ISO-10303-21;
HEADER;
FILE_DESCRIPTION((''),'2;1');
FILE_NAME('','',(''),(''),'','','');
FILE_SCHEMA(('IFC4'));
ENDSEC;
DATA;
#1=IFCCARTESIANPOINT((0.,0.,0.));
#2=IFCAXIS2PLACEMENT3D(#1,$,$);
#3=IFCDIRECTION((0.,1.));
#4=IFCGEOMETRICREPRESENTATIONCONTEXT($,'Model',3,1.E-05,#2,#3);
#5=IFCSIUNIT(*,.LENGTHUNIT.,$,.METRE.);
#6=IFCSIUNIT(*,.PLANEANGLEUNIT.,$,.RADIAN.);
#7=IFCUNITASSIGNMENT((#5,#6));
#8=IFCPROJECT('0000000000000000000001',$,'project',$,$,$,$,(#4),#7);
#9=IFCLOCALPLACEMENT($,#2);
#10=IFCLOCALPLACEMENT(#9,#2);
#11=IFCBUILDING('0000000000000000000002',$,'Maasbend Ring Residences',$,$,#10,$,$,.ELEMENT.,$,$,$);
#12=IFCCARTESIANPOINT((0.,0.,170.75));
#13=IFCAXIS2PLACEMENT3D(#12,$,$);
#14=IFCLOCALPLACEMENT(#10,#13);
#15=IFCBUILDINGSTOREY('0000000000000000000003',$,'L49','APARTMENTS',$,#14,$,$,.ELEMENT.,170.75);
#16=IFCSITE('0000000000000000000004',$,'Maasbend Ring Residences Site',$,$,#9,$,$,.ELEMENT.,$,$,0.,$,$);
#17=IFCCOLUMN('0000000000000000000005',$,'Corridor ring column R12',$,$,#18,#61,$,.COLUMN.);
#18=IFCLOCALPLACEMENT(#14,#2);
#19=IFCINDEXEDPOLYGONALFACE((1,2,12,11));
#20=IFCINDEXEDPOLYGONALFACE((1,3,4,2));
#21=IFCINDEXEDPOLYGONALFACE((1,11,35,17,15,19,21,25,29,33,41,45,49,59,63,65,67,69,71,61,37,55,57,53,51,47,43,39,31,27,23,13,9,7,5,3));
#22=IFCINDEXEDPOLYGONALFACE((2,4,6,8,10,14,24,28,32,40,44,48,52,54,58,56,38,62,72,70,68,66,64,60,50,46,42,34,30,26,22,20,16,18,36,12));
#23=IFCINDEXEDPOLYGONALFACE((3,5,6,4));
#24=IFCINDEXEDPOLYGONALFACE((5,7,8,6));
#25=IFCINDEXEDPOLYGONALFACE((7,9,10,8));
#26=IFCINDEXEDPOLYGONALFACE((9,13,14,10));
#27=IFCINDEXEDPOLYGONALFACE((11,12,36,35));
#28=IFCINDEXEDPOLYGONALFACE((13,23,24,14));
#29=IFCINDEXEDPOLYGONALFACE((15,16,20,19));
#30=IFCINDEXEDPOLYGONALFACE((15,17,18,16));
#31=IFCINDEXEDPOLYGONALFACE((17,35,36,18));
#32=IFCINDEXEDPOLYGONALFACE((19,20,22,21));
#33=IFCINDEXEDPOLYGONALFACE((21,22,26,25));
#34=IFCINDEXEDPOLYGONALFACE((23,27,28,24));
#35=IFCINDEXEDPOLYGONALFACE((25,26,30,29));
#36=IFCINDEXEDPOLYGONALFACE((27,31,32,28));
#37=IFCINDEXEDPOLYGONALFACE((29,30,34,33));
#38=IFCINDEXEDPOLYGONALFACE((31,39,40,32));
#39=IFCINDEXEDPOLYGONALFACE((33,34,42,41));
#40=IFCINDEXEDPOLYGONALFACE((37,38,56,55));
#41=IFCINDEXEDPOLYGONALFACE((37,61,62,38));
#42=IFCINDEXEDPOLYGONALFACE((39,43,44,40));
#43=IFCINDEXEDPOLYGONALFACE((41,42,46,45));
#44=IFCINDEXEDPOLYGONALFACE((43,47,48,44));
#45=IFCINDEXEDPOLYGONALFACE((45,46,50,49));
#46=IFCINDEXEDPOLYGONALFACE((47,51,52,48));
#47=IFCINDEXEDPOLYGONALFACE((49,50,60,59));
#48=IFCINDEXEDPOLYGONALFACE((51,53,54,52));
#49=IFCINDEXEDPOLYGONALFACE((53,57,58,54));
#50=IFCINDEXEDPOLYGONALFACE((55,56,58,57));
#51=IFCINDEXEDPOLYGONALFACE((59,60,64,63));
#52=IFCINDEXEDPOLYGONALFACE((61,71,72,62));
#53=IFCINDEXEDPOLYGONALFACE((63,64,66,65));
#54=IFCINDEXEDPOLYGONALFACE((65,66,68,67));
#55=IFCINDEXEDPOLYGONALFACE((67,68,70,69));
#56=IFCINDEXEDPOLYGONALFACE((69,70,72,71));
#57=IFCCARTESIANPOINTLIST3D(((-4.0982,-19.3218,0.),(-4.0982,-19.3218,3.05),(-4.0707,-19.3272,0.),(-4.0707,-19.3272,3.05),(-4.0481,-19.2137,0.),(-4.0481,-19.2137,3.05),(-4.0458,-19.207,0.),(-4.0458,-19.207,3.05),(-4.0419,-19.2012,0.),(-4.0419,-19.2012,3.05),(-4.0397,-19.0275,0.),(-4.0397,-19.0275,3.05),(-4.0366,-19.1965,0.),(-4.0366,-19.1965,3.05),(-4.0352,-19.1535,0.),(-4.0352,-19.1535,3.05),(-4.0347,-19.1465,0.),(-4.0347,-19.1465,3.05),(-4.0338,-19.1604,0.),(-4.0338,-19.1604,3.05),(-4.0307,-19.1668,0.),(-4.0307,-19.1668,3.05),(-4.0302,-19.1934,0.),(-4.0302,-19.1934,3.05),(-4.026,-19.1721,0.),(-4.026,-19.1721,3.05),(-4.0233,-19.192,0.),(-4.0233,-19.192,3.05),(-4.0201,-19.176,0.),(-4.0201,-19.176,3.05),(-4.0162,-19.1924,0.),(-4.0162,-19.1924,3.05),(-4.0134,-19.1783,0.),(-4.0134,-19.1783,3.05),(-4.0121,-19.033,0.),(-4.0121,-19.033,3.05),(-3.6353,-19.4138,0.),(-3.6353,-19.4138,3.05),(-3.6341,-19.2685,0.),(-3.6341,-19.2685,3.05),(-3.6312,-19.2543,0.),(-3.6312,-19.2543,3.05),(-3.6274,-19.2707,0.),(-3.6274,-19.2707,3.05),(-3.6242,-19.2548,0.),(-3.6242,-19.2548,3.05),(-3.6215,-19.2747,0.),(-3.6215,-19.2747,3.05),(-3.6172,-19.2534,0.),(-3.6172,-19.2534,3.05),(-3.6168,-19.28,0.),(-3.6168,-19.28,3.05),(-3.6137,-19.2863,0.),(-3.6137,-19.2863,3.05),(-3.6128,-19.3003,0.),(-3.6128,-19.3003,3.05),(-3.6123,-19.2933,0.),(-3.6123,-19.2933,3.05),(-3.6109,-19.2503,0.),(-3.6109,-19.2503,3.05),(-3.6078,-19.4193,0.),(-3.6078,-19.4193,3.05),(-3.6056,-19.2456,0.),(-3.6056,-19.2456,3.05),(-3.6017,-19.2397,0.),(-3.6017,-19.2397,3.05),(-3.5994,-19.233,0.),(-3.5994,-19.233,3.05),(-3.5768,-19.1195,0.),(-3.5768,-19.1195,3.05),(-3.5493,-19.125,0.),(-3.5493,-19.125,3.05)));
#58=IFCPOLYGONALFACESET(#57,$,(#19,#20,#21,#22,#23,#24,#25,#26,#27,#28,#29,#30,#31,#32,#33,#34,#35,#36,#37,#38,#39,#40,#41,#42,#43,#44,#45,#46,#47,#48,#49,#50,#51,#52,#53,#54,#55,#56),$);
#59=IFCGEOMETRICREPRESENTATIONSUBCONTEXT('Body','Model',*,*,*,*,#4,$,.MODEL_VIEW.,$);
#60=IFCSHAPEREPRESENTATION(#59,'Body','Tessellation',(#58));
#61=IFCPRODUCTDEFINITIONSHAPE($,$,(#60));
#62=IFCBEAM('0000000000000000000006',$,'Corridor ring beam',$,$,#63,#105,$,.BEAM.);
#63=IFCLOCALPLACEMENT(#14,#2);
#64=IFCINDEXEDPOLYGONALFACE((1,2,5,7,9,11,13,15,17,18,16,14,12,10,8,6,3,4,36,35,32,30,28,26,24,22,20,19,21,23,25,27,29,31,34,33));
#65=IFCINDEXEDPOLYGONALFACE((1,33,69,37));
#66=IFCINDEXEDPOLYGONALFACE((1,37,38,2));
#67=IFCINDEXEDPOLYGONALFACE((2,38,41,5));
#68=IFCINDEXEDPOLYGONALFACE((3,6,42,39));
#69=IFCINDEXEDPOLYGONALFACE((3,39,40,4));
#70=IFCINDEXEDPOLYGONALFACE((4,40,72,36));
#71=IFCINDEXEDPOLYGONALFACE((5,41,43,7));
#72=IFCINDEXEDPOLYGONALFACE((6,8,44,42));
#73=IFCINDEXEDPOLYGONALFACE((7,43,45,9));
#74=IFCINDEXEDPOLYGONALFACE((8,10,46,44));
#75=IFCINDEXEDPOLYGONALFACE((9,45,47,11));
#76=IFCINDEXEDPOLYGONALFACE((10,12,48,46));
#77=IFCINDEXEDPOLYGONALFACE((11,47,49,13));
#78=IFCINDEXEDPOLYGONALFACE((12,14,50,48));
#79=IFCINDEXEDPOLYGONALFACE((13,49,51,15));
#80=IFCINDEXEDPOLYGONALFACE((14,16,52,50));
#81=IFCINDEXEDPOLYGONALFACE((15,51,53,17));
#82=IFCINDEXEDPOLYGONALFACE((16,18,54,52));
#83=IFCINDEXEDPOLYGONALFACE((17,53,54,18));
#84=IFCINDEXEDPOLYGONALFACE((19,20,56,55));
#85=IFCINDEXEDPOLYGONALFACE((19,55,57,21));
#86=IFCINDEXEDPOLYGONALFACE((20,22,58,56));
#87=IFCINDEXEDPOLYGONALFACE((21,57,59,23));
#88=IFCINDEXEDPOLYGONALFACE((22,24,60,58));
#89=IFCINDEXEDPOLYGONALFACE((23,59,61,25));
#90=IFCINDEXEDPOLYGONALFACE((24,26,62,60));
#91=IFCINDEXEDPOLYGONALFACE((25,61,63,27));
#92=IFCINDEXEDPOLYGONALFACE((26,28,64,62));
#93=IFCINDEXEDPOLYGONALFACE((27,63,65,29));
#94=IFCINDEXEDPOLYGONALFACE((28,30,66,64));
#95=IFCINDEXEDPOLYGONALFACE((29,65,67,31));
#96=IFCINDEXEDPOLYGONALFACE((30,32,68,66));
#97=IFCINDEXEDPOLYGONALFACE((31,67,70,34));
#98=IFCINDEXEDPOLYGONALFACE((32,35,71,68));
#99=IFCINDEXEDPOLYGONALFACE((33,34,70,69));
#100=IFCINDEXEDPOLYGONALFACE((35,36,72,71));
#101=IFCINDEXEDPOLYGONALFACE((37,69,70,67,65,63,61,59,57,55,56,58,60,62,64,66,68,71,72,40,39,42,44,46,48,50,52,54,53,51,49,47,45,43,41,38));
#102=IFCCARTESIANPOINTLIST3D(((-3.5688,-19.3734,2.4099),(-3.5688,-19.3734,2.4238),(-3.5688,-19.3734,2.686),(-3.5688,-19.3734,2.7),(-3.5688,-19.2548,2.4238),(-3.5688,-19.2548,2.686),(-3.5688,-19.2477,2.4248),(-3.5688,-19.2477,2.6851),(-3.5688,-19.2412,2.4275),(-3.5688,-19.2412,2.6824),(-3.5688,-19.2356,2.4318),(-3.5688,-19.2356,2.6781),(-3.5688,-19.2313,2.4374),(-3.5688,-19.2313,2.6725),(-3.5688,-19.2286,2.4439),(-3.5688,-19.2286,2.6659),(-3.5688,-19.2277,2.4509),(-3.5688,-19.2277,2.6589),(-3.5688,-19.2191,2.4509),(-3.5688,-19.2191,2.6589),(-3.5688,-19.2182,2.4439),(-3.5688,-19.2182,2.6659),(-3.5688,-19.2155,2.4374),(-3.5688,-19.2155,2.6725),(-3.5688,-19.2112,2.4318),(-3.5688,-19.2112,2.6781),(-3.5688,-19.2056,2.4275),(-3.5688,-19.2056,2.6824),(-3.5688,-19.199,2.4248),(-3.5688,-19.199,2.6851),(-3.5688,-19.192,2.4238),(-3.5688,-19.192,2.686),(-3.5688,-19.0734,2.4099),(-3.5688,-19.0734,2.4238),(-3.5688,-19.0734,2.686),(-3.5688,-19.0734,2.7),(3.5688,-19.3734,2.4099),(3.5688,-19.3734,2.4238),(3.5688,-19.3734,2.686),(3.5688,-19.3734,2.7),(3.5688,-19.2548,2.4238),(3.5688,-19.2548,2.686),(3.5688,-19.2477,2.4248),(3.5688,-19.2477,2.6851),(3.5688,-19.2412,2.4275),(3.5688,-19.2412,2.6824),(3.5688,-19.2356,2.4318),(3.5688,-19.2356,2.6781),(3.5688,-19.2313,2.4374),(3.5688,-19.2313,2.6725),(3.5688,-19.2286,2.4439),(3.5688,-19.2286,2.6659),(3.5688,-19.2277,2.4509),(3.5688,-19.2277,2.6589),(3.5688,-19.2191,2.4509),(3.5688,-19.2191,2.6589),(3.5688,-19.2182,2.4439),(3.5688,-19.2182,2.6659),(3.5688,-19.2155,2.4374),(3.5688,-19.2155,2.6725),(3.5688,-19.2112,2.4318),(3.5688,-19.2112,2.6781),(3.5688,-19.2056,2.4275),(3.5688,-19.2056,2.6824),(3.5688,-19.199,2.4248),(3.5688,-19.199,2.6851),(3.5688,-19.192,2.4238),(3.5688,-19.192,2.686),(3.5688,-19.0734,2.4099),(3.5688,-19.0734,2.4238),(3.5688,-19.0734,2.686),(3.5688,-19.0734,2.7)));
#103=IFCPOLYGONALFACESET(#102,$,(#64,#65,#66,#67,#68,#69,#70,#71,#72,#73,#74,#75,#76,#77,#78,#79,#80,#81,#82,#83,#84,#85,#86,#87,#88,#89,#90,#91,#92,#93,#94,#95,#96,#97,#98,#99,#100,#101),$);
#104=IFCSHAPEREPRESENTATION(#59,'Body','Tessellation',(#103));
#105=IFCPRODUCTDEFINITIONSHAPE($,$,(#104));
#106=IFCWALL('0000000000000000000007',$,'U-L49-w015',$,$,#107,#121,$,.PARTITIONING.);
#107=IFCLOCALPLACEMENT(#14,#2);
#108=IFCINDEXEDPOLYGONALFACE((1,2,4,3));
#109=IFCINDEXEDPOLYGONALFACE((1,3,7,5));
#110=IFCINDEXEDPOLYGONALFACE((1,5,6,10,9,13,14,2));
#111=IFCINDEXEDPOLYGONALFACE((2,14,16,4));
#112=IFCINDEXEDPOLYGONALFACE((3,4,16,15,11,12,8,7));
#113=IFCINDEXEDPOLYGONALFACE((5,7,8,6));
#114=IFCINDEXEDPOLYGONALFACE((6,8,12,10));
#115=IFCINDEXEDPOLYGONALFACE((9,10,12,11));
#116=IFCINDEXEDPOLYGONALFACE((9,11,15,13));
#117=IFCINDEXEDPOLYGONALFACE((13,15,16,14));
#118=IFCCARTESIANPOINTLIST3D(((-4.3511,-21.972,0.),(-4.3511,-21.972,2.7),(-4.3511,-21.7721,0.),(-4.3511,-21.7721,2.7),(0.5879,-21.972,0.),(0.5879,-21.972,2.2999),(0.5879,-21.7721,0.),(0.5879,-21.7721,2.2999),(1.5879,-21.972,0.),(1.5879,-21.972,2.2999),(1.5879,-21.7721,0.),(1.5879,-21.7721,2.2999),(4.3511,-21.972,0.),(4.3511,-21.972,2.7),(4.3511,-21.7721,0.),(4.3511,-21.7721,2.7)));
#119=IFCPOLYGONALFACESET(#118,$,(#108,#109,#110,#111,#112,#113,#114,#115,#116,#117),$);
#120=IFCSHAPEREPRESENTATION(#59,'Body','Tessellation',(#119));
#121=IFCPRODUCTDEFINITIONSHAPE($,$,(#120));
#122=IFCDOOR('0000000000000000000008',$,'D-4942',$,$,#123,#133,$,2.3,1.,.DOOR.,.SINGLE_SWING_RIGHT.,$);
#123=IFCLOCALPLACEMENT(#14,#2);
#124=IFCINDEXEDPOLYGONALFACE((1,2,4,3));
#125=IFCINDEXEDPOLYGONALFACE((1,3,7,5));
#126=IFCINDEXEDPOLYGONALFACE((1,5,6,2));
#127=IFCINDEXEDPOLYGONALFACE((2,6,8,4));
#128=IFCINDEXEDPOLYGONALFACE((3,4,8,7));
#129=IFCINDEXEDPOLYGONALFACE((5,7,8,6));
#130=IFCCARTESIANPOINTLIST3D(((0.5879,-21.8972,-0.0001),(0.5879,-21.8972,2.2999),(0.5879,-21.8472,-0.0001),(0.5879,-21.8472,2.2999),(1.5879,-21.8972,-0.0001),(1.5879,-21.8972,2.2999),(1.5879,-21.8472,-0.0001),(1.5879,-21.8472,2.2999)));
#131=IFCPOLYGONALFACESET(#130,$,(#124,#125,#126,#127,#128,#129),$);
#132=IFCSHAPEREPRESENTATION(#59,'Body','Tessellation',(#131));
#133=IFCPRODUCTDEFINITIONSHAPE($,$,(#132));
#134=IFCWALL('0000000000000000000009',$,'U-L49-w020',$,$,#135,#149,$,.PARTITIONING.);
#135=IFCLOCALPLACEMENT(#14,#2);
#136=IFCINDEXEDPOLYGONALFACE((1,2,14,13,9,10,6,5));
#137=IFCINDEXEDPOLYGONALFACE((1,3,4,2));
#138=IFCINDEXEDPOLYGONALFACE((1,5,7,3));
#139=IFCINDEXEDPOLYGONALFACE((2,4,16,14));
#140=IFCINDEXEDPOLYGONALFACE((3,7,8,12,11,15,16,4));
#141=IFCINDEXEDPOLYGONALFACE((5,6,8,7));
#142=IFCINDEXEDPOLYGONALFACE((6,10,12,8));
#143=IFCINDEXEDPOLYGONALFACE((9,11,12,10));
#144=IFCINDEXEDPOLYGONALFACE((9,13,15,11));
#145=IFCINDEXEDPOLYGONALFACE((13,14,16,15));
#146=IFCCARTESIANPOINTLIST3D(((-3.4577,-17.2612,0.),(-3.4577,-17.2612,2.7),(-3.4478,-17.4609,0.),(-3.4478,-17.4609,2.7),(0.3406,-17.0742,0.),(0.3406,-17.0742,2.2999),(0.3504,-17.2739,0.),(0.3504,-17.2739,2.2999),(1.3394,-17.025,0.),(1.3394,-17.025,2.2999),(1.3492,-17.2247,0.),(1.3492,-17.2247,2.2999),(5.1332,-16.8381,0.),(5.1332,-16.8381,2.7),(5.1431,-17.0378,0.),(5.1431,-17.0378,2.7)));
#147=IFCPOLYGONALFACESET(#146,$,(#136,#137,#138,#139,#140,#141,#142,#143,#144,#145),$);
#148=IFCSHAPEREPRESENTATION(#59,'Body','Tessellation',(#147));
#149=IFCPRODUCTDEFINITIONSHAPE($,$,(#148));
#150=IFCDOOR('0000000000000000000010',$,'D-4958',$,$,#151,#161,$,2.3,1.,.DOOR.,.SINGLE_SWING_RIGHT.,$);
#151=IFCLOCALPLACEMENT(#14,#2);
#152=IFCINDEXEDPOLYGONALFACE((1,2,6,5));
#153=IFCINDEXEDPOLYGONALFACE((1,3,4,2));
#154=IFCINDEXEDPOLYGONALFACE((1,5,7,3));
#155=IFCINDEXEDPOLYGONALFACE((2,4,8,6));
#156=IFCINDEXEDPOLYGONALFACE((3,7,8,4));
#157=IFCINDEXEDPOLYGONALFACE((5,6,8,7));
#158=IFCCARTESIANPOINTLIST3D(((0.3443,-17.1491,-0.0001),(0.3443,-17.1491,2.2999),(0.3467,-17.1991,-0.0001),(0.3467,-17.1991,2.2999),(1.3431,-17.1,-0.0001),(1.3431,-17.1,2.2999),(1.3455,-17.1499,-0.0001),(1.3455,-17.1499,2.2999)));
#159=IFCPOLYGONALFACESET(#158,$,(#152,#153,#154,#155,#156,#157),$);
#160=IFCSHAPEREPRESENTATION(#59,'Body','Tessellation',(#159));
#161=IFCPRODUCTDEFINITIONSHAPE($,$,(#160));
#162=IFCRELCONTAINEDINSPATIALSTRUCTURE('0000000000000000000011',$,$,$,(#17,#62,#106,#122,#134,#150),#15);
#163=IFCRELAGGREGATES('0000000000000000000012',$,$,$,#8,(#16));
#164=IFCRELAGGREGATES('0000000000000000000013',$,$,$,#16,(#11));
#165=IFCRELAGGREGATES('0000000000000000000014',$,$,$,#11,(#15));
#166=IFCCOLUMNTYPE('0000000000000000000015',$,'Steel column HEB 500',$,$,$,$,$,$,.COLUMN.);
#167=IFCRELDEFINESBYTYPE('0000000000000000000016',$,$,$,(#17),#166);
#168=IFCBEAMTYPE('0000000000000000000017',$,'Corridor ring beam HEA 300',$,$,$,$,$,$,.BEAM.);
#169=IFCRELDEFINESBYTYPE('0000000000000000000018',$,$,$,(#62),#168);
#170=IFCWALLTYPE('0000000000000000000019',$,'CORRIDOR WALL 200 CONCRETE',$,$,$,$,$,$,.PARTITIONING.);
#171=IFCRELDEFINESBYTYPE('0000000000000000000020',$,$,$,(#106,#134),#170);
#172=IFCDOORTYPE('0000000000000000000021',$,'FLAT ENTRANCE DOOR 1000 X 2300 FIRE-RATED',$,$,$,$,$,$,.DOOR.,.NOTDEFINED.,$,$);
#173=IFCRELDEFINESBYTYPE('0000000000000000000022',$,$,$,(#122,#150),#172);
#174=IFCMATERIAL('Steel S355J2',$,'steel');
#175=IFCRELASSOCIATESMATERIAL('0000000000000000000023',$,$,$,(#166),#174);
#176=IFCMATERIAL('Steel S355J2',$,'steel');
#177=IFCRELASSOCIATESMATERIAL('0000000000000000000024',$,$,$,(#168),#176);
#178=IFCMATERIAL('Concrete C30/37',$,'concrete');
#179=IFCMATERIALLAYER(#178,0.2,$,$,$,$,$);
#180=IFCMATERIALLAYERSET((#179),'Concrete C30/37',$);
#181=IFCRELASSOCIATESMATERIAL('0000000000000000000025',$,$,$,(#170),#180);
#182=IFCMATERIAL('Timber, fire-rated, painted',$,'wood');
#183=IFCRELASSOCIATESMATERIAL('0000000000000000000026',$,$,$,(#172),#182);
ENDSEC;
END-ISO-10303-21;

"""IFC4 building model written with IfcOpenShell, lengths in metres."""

from ifc_helpers import new_model, si_unit, direction, frame, frame_2d, origin, origin_2d, place, context, subcontext, project, spatial, rectangle, i_section, extrude, material, layer, layer_set, material_profile, profile_set, type_object, element, fill, save


model = new_model("IFC4")

# Units and contexts
model_context = context("Model", 3, precision=1e-05, world=origin(), true_north=direction((0.0, 1.0)))
body_context = subcontext(model_context, "Body", "Model", "MODEL_VIEW")
ifc_project = project(units=[si_unit("LENGTHUNIT", "METRE"), si_unit("PLANEANGLEUNIT", "RADIAN")], contexts=[model_context])

# Site, building, storey
site_placement = place(None, origin())
site = spatial("IfcSite", under=ifc_project, at=site_placement, Name="Maasbend Ring Residences Site", CompositionType="ELEMENT", RefElevation=0.0)
building_placement = place(site_placement, origin())
building = spatial("IfcBuilding", under=site, at=building_placement, Name="Maasbend Ring Residences", CompositionType="ELEMENT")
storey_placement = place(building_placement, frame((0.0, 0.0, 170.75)))
storey = spatial("IfcBuildingStorey", under=building, at=storey_placement, Name="L49", Description="APARTMENTS", CompositionType="ELEMENT", Elevation=170.75)

# Column
ifc_material_1 = material(Name="Steel S355J2", Category="steel")
ifc_material_profile_1 = material_profile(ifc_material_1, i_section(OverallWidth=0.3, OverallDepth=0.5, WebThickness=0.0144, FlangeThickness=0.0281, FilletRadius=0.0271, at=origin_2d()), Name="HEB 500")
ifc_profile_set_1 = profile_set([ifc_material_profile_1], Name="Steel S355J2")
column_type = type_object("IfcColumnType", Name="Steel column HEB 500", PredefinedType="COLUMN", material=ifc_profile_set_1)
column_placement = place(storey_placement, frame((-3.8237, -19.2234, 0.0), z_axis=(0.0, 0.0, 1.0), x_axis=(-0.19509, -0.980785, 0.0)))
element("IfcColumn", 1, at=column_placement, inside=storey, type_object=column_type, Name="Corridor ring column R12", PredefinedType="COLUMN", context=body_context, shape_type="SweptSolid", body=[
    extrude(i_section(OverallWidth=0.3, OverallDepth=0.5, WebThickness=0.0144, FlangeThickness=0.0281, FilletRadius=0.0271, at=origin_2d()), origin(), (0.0, 0.0, 1.0), 3.05),
])

# Beam
ifc_material_2 = material(Name="Steel S355J2", Category="steel")
ifc_material_profile_2 = material_profile(ifc_material_2, i_section(OverallWidth=0.3, OverallDepth=0.29, WebThickness=0.0085, FlangeThickness=0.0139, FilletRadius=0.0271, at=origin_2d()), Name="HEA 300")
ifc_profile_set_2 = profile_set([ifc_material_profile_2], Name="Steel S355J2")
beam_type = type_object("IfcBeamType", Name="Corridor ring beam HEA 300", PredefinedType="BEAM", material=ifc_profile_set_2)
beam_placement = place(storey_placement, frame((-3.5688, -19.2234, 2.5549), z_axis=(1.0, 0.0, 0.0), x_axis=(0.0, 1.0, 0.0)))
element("IfcBeam", 2, at=beam_placement, inside=storey, type_object=beam_type, Name="Corridor ring beam", PredefinedType="BEAM", context=body_context, shape_type="SweptSolid", body=[
    extrude(i_section(OverallWidth=0.3, OverallDepth=0.29, WebThickness=0.0085, FlangeThickness=0.0139, FilletRadius=0.0271, at=origin_2d()), origin(), (0.0, 0.0, 1.0), 7.1377),
])

# Walls, openings, doors
ifc_material_3 = material(Name="Concrete C30/37", Category="concrete")
ifc_layer_1 = layer(ifc_material_3, 0.2)
ifc_layer_set_1 = layer_set([ifc_layer_1], Name="Concrete C30/37")
wall_type_1 = type_object("IfcWallType", Name="CORRIDOR WALL 200 CONCRETE", PredefinedType="PARTITIONING", material=ifc_layer_set_1)
wall_1_placement = place(storey_placement, frame((-4.3511, -21.8721, 0.0), z_axis=(0.0, 0.0, 1.0), x_axis=(1.0, 0.0, 0.0)))
wall_1 = element("IfcWall", 3, at=wall_1_placement, inside=storey, type_object=wall_type_1, Name="U-L49-w015", PredefinedType="PARTITIONING", context=body_context, shape_type="SweptSolid", body=[
    extrude(rectangle(XDim=8.7021, YDim=0.2, at=frame_2d((4.3511, 0.0))), origin(), (0.0, 0.0, 1.0), 2.7),
])
opening_1_placement = place(wall_1_placement, frame((4.939, 0.0, 0.0)))
opening_1 = element("IfcOpeningElement", 4, at=opening_1_placement, cuts=wall_1, PredefinedType="OPENING", context=body_context, shape_type="SweptSolid", body=[
    extrude(rectangle(XDim=1.0, YDim=2.3, at=frame_2d((0.5, 1.1499))), frame((0.0, 0.1099, 0.0), z_axis=(0.0, -1.0, 0.0), x_axis=(1.0, 0.0, 0.0)), (0.0, 0.0, 1.0), 0.22),
])
ifc_material_4 = material(Name="Timber, fire-rated, painted", Category="wood")
door_type_1 = type_object("IfcDoorType", Name="FLAT ENTRANCE DOOR 1000 X 2300 FIRE-RATED", OperationType="NOTDEFINED", PredefinedType="DOOR", material=ifc_material_4)
door_1_placement = place(opening_1_placement, origin())
door_1 = element("IfcDoor", 5, at=door_1_placement, inside=storey, type_object=door_type_1, Name="D-4942", OperationType="SINGLE_SWING_RIGHT", OverallHeight=2.3, OverallWidth=1.0, PredefinedType="DOOR", context=body_context, shape_type="SweptSolid", body=[
    extrude(rectangle(XDim=1.0, YDim=2.3, at=frame_2d((0.5, 1.1499))), frame((0.0, 0.0249, 0.0), z_axis=(0.0, -1.0, 0.0), x_axis=(1.0, 0.0, 0.0)), (0.0, 0.0, 1.0), 0.05),
])
fill(opening_1, door_1)
wall_2_placement = place(storey_placement, frame((-3.4529, -17.3611, 0.0), z_axis=(0.0, 0.0, 1.0), x_axis=(0.998789, 0.04919, 0.0)))
wall_2 = element("IfcWall", 6, at=wall_2_placement, inside=storey, type_object=wall_type_1, Name="U-L49-w020", PredefinedType="PARTITIONING", context=body_context, shape_type="SweptSolid", body=[
    extrude(rectangle(XDim=8.6013, YDim=0.2, at=frame_2d((4.3008, 0.0))), origin(), (0.0, 0.0, 1.0), 2.7),
])
opening_2_placement = place(wall_2_placement, frame((3.803, 0.0, 0.0)))
opening_2 = element("IfcOpeningElement", 7, at=opening_2_placement, cuts=wall_2, PredefinedType="OPENING", context=body_context, shape_type="SweptSolid", body=[
    extrude(rectangle(XDim=1.0, YDim=2.3, at=frame_2d((0.5, 1.1499))), frame((0.0, 0.1099, 0.0), z_axis=(0.0, -1.0, 0.0), x_axis=(1.0, 0.0, 0.0)), (0.0, 0.0, 1.0), 0.22),
])
door_2_placement = place(opening_2_placement, origin())
door_2 = element("IfcDoor", 8, at=door_2_placement, inside=storey, type_object=door_type_1, Name="D-4958", OperationType="SINGLE_SWING_RIGHT", OverallHeight=2.3, OverallWidth=1.0, PredefinedType="DOOR", context=body_context, shape_type="SweptSolid", body=[
    extrude(rectangle(XDim=1.0, YDim=2.3, at=frame_2d((0.5, 1.1499))), frame((0.0, 0.0249, 0.0), z_axis=(0.0, -1.0, 0.0), x_axis=(1.0, 0.0, 0.0)), (0.0, 0.0, 1.0), 0.05),
])
fill(opening_2, door_2)

save(model, "model.ifc")
